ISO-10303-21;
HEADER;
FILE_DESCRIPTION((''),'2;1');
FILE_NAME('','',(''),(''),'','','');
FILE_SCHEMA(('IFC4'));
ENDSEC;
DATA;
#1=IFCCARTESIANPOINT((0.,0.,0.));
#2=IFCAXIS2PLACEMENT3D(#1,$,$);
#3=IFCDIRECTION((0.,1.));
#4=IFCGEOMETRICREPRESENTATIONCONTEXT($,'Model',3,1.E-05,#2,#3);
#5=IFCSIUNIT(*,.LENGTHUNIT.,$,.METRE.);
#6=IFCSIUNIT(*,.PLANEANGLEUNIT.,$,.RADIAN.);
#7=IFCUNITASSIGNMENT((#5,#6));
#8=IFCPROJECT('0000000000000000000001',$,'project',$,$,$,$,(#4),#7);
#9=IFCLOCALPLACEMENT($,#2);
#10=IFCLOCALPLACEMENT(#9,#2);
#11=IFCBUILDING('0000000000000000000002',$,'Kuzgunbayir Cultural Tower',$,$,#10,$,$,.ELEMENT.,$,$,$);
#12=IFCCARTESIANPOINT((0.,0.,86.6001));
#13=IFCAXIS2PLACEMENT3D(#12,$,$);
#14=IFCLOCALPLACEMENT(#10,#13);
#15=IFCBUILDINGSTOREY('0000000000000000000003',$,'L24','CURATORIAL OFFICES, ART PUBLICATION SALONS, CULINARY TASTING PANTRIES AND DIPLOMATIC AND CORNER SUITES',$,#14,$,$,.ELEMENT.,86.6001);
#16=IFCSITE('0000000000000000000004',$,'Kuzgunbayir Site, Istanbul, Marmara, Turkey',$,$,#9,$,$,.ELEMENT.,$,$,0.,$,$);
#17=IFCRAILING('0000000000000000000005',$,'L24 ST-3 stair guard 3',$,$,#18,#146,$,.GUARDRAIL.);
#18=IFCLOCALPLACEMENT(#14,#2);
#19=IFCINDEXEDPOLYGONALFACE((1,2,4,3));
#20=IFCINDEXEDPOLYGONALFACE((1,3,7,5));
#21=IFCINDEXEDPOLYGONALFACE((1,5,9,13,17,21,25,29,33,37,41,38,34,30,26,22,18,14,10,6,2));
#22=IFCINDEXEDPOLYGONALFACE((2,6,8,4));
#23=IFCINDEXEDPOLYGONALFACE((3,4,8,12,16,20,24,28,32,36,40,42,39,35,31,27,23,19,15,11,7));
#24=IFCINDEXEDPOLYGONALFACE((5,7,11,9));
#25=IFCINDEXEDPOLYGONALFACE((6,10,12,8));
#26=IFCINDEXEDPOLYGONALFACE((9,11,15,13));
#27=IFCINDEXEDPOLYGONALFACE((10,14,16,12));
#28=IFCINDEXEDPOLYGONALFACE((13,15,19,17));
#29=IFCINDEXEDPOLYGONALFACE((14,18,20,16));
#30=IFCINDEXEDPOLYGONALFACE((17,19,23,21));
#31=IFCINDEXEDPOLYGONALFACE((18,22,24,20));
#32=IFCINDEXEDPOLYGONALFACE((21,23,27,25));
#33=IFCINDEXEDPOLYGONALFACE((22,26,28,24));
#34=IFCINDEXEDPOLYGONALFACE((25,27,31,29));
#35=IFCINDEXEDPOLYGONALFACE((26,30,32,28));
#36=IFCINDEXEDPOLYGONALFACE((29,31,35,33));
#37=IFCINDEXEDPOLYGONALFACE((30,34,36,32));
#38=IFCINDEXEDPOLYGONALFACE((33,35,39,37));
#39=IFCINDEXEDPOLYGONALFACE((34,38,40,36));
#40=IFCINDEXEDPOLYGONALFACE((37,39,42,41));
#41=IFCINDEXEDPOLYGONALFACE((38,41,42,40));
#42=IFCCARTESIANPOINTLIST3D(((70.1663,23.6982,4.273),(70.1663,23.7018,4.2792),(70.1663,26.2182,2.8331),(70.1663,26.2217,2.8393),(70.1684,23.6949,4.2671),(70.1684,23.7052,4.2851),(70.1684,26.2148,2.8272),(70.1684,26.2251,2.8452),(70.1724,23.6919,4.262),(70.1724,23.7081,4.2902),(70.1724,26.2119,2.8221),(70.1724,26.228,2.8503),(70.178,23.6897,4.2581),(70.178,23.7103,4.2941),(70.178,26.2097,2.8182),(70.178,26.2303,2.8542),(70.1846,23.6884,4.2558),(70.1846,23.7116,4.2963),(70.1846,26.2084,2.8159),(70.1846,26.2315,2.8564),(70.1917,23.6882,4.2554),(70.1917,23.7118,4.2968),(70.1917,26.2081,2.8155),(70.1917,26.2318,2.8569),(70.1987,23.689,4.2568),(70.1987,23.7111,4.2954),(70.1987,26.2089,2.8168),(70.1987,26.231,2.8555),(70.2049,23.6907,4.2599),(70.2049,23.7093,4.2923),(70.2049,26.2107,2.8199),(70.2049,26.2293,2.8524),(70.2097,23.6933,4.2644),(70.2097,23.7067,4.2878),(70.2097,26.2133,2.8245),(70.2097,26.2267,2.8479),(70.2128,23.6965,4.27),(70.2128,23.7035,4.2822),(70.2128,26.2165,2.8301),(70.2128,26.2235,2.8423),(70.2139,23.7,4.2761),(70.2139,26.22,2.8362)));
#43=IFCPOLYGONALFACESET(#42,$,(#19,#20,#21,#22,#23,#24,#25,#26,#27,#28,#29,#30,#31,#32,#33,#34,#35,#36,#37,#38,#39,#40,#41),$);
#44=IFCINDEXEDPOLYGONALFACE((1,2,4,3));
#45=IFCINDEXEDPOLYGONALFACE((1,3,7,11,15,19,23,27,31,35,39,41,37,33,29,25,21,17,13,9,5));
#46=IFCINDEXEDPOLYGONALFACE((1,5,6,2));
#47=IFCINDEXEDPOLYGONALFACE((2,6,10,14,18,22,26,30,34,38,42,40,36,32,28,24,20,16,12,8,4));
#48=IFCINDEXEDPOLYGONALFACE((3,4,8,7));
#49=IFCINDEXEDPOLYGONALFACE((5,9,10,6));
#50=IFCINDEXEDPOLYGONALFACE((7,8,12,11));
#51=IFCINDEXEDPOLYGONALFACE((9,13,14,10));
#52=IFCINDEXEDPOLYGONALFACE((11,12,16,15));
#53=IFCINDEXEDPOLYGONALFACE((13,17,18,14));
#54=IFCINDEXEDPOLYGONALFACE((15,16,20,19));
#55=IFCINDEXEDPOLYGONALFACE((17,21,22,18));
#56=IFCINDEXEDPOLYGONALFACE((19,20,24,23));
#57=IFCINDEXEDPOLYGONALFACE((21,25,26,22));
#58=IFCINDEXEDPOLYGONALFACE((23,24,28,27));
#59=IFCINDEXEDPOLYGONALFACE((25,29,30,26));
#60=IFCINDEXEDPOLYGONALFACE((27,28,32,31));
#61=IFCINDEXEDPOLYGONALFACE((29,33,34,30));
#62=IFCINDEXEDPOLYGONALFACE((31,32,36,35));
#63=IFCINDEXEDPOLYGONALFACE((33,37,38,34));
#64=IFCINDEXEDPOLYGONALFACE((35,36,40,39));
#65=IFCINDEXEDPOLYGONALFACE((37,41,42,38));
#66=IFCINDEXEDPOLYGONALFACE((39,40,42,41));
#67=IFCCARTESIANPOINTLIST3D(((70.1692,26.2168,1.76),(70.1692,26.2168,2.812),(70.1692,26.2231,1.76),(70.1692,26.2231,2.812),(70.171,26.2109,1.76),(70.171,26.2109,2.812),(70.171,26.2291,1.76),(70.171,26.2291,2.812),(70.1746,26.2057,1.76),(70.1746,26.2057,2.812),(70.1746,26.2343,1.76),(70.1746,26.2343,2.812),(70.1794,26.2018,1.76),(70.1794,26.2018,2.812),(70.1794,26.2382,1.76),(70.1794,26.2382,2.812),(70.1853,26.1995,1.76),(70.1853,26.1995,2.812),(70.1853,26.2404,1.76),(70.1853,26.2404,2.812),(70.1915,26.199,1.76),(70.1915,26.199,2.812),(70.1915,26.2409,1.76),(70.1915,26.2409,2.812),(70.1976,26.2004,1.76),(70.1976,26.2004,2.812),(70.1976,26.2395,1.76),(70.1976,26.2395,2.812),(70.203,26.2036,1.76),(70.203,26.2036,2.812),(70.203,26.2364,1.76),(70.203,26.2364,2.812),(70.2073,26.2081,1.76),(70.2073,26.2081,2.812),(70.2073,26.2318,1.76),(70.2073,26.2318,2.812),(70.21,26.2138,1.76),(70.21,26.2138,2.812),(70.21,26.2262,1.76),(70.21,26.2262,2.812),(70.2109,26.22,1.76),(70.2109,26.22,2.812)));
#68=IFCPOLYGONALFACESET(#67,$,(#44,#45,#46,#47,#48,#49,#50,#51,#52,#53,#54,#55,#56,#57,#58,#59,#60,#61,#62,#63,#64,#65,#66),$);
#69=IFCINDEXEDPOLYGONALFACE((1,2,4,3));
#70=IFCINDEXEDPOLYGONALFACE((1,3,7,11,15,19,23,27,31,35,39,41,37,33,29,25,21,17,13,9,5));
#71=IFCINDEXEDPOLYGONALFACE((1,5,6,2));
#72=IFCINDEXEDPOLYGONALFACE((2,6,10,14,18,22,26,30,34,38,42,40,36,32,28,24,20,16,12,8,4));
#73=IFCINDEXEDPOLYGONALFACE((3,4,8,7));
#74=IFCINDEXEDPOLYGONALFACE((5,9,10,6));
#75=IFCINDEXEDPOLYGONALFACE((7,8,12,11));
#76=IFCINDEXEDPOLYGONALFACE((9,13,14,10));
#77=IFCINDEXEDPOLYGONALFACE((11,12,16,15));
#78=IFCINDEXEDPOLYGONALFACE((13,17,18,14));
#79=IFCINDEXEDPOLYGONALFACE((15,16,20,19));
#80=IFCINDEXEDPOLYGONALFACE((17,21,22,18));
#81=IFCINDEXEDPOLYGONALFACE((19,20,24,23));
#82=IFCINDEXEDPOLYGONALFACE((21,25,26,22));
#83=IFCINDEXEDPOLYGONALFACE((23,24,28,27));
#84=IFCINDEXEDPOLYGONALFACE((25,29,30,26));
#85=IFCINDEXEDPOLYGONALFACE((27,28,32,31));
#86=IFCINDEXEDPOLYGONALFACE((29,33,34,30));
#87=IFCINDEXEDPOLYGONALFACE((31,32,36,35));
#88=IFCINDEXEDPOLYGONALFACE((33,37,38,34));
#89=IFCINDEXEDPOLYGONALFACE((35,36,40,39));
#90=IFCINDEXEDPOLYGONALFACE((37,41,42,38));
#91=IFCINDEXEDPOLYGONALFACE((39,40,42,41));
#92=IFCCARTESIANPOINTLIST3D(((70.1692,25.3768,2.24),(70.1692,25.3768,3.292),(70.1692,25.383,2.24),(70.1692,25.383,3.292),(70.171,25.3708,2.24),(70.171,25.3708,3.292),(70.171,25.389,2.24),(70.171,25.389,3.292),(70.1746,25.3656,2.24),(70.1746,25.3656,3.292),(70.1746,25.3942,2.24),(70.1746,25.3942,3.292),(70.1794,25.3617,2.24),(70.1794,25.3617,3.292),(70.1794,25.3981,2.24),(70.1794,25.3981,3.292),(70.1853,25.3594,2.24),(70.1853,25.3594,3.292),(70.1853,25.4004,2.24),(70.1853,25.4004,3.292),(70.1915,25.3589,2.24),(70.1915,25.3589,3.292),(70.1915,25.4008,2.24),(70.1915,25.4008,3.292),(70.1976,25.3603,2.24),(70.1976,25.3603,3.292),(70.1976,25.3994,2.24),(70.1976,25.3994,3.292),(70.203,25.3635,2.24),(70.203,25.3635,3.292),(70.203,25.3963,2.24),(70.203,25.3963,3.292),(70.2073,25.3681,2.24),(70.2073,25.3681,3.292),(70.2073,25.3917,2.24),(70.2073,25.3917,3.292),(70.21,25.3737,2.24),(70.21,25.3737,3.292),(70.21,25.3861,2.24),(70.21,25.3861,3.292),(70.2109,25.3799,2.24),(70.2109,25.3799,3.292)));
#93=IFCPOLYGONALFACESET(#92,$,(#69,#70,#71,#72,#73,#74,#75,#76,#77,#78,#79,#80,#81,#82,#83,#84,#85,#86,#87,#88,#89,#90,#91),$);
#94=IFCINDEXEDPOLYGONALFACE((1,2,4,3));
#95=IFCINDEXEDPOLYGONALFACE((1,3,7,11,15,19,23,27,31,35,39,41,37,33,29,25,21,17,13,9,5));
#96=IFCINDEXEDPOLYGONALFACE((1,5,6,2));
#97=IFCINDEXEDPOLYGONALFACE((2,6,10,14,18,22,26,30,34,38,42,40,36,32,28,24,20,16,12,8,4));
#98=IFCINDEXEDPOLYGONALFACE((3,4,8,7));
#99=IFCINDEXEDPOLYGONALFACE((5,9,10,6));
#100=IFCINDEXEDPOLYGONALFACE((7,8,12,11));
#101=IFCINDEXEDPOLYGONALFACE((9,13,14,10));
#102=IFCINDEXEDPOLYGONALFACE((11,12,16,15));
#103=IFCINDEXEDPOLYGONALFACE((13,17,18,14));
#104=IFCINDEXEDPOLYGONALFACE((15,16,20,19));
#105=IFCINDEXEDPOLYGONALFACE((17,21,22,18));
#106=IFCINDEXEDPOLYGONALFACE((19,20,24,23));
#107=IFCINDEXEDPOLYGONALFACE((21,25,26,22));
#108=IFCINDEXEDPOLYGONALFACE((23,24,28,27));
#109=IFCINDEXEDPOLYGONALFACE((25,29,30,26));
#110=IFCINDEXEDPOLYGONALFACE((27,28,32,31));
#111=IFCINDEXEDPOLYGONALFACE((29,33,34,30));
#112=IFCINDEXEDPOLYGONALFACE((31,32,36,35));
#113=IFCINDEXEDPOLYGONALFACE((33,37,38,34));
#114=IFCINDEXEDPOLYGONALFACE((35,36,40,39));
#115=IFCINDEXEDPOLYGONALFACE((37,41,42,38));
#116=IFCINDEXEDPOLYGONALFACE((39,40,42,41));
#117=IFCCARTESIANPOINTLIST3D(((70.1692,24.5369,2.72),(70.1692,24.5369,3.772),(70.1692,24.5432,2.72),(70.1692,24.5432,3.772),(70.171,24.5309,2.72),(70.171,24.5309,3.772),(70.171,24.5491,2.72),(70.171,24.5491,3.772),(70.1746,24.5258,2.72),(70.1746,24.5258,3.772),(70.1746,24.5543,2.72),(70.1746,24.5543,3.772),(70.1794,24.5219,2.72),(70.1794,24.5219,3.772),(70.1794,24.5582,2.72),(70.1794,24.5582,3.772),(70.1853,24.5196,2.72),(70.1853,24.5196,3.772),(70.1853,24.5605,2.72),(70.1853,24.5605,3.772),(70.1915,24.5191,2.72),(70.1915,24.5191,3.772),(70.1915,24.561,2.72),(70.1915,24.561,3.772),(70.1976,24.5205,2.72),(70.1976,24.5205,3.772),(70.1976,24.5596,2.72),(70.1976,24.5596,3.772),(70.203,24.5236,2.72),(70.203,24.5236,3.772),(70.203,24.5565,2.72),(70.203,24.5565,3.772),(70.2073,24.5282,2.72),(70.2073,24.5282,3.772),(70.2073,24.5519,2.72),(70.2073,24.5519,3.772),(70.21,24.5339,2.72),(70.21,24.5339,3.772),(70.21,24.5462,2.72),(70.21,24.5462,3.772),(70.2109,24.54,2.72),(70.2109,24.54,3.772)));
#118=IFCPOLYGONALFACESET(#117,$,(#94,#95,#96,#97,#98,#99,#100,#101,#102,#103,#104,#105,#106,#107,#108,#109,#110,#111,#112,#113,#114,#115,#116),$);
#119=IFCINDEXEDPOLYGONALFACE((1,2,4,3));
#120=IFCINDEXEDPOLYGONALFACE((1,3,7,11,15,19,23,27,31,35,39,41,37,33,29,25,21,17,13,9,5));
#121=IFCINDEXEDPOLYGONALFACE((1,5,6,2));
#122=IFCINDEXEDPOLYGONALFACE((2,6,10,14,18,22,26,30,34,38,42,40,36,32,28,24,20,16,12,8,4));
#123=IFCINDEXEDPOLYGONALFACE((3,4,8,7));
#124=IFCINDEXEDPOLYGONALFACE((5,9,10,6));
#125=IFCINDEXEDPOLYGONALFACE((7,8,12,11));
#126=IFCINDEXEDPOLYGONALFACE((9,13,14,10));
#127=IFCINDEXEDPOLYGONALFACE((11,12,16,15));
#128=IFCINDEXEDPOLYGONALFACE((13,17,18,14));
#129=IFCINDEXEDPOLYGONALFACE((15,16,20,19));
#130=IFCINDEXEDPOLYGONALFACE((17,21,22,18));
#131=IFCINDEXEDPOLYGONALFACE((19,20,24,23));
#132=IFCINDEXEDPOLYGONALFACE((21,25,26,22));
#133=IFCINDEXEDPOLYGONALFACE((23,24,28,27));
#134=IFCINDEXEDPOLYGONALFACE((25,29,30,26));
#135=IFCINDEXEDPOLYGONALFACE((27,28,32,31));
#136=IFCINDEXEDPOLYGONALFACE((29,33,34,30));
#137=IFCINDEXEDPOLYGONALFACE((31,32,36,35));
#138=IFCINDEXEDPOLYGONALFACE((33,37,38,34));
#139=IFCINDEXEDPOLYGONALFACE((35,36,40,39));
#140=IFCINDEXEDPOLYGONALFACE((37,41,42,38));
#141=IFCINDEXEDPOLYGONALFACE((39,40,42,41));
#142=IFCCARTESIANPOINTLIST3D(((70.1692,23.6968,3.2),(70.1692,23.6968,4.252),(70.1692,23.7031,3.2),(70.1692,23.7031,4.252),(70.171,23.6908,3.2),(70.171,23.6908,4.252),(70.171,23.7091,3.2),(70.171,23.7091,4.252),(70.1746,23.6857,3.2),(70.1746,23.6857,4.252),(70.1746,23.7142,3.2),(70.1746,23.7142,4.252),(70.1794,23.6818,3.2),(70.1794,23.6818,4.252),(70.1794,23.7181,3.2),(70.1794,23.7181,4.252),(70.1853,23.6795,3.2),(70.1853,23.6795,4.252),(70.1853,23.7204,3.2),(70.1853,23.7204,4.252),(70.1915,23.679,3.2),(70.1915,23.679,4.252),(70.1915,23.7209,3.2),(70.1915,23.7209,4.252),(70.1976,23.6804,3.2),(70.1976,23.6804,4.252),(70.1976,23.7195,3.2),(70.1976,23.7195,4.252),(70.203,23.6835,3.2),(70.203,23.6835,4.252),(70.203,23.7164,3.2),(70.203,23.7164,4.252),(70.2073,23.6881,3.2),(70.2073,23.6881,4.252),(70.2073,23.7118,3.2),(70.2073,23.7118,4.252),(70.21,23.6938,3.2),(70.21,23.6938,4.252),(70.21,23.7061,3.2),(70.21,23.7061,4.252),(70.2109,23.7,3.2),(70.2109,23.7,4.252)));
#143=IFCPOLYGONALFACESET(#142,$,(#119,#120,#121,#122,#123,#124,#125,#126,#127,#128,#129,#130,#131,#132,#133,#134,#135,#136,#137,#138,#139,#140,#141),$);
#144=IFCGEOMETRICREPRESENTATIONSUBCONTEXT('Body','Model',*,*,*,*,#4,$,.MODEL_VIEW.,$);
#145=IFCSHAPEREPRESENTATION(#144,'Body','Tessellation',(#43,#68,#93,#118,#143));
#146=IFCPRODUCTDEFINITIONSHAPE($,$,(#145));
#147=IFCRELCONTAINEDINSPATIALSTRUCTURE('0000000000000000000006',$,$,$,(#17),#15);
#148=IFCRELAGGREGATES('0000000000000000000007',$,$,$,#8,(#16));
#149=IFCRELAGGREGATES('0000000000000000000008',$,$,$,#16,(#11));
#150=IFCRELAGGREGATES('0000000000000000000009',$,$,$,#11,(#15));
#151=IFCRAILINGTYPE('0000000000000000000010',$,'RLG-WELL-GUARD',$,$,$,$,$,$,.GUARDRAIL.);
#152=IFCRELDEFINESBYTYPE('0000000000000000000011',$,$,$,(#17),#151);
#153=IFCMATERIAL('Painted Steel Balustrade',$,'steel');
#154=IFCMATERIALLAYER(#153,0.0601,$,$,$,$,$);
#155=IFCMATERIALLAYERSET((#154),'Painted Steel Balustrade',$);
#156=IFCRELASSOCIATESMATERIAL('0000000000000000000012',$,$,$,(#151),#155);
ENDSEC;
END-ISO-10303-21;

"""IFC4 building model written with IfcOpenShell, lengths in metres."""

from ifc_helpers import new_model, si_unit, direction, frame, origin, origin_2d, place, context, subcontext, project, spatial, circle, extrude, material, layer, layer_set, type_object, element, save


model = new_model("IFC4")

# Units and contexts
model_context = context("Model", 3, precision=1e-05, world=origin(), true_north=direction((0.0, 1.0)))
body_context = subcontext(model_context, "Body", "Model", "MODEL_VIEW")
ifc_project = project(units=[si_unit("LENGTHUNIT", "METRE"), si_unit("PLANEANGLEUNIT", "RADIAN")], contexts=[model_context])

# Site, building, storey
site_placement = place(None, origin())
site = spatial("IfcSite", under=ifc_project, at=site_placement, Name="Kuzgunbayir Site, Istanbul, Marmara, Turkey", CompositionType="ELEMENT", RefElevation=0.0)
building_placement = place(site_placement, origin())
building = spatial("IfcBuilding", under=site, at=building_placement, Name="Kuzgunbayir Cultural Tower", CompositionType="ELEMENT")
storey_placement = place(building_placement, frame((0.0, 0.0, 86.6001)))
storey = spatial("IfcBuildingStorey", under=building, at=storey_placement, Name="L24", Description="CURATORIAL OFFICES, ART PUBLICATION SALONS, CULINARY TASTING PANTRIES AND DIPLOMATIC AND CORNER SUITES", CompositionType="ELEMENT", Elevation=86.6001)

# Railing
ifc_material_1 = material(Name="Painted Steel Balustrade", Category="steel")
ifc_layer_1 = layer(ifc_material_1, 0.0601)
ifc_layer_set_1 = layer_set([ifc_layer_1], Name="Painted Steel Balustrade")
railing_type_1 = type_object("IfcRailingType", Name="RLG-WELL-GUARD", PredefinedType="GUARDRAIL", material=ifc_layer_set_1)
railing_1_placement = place(storey_placement, frame((70.1899, 26.22, 1.76)))
element("IfcRailing", 1, at=railing_1_placement, inside=storey, type_object=railing_type_1, Name="L24 ST-3 stair guard 3", PredefinedType="GUARDRAIL", context=body_context, shape_type="SweptSolid", body=[
    extrude(circle(Radius=0.0239, at=origin_2d()), frame((0.0, 0.0, 1.0762), z_axis=(0.0, -0.868253, 0.496121), x_axis=(1.0, 0.0, 0.0)), (0.0, 0.0, 1.0), 2.9023),
    extrude(circle(Radius=0.021, at=origin_2d()), origin(), (0.0, 0.0, 1.0), 1.052),
    extrude(circle(Radius=0.021, at=origin_2d()), frame((0.0, -0.8401, 0.48)), (0.0, 0.0, 1.0), 1.052),
    extrude(circle(Radius=0.021, at=origin_2d()), frame((0.0, -1.6799, 0.96)), (0.0, 0.0, 1.0), 1.052),
    extrude(circle(Radius=0.021, at=origin_2d()), frame((0.0, -2.52, 1.4399)), (0.0, 0.0, 1.0), 1.052),
])

save(model, "model.ifc")
